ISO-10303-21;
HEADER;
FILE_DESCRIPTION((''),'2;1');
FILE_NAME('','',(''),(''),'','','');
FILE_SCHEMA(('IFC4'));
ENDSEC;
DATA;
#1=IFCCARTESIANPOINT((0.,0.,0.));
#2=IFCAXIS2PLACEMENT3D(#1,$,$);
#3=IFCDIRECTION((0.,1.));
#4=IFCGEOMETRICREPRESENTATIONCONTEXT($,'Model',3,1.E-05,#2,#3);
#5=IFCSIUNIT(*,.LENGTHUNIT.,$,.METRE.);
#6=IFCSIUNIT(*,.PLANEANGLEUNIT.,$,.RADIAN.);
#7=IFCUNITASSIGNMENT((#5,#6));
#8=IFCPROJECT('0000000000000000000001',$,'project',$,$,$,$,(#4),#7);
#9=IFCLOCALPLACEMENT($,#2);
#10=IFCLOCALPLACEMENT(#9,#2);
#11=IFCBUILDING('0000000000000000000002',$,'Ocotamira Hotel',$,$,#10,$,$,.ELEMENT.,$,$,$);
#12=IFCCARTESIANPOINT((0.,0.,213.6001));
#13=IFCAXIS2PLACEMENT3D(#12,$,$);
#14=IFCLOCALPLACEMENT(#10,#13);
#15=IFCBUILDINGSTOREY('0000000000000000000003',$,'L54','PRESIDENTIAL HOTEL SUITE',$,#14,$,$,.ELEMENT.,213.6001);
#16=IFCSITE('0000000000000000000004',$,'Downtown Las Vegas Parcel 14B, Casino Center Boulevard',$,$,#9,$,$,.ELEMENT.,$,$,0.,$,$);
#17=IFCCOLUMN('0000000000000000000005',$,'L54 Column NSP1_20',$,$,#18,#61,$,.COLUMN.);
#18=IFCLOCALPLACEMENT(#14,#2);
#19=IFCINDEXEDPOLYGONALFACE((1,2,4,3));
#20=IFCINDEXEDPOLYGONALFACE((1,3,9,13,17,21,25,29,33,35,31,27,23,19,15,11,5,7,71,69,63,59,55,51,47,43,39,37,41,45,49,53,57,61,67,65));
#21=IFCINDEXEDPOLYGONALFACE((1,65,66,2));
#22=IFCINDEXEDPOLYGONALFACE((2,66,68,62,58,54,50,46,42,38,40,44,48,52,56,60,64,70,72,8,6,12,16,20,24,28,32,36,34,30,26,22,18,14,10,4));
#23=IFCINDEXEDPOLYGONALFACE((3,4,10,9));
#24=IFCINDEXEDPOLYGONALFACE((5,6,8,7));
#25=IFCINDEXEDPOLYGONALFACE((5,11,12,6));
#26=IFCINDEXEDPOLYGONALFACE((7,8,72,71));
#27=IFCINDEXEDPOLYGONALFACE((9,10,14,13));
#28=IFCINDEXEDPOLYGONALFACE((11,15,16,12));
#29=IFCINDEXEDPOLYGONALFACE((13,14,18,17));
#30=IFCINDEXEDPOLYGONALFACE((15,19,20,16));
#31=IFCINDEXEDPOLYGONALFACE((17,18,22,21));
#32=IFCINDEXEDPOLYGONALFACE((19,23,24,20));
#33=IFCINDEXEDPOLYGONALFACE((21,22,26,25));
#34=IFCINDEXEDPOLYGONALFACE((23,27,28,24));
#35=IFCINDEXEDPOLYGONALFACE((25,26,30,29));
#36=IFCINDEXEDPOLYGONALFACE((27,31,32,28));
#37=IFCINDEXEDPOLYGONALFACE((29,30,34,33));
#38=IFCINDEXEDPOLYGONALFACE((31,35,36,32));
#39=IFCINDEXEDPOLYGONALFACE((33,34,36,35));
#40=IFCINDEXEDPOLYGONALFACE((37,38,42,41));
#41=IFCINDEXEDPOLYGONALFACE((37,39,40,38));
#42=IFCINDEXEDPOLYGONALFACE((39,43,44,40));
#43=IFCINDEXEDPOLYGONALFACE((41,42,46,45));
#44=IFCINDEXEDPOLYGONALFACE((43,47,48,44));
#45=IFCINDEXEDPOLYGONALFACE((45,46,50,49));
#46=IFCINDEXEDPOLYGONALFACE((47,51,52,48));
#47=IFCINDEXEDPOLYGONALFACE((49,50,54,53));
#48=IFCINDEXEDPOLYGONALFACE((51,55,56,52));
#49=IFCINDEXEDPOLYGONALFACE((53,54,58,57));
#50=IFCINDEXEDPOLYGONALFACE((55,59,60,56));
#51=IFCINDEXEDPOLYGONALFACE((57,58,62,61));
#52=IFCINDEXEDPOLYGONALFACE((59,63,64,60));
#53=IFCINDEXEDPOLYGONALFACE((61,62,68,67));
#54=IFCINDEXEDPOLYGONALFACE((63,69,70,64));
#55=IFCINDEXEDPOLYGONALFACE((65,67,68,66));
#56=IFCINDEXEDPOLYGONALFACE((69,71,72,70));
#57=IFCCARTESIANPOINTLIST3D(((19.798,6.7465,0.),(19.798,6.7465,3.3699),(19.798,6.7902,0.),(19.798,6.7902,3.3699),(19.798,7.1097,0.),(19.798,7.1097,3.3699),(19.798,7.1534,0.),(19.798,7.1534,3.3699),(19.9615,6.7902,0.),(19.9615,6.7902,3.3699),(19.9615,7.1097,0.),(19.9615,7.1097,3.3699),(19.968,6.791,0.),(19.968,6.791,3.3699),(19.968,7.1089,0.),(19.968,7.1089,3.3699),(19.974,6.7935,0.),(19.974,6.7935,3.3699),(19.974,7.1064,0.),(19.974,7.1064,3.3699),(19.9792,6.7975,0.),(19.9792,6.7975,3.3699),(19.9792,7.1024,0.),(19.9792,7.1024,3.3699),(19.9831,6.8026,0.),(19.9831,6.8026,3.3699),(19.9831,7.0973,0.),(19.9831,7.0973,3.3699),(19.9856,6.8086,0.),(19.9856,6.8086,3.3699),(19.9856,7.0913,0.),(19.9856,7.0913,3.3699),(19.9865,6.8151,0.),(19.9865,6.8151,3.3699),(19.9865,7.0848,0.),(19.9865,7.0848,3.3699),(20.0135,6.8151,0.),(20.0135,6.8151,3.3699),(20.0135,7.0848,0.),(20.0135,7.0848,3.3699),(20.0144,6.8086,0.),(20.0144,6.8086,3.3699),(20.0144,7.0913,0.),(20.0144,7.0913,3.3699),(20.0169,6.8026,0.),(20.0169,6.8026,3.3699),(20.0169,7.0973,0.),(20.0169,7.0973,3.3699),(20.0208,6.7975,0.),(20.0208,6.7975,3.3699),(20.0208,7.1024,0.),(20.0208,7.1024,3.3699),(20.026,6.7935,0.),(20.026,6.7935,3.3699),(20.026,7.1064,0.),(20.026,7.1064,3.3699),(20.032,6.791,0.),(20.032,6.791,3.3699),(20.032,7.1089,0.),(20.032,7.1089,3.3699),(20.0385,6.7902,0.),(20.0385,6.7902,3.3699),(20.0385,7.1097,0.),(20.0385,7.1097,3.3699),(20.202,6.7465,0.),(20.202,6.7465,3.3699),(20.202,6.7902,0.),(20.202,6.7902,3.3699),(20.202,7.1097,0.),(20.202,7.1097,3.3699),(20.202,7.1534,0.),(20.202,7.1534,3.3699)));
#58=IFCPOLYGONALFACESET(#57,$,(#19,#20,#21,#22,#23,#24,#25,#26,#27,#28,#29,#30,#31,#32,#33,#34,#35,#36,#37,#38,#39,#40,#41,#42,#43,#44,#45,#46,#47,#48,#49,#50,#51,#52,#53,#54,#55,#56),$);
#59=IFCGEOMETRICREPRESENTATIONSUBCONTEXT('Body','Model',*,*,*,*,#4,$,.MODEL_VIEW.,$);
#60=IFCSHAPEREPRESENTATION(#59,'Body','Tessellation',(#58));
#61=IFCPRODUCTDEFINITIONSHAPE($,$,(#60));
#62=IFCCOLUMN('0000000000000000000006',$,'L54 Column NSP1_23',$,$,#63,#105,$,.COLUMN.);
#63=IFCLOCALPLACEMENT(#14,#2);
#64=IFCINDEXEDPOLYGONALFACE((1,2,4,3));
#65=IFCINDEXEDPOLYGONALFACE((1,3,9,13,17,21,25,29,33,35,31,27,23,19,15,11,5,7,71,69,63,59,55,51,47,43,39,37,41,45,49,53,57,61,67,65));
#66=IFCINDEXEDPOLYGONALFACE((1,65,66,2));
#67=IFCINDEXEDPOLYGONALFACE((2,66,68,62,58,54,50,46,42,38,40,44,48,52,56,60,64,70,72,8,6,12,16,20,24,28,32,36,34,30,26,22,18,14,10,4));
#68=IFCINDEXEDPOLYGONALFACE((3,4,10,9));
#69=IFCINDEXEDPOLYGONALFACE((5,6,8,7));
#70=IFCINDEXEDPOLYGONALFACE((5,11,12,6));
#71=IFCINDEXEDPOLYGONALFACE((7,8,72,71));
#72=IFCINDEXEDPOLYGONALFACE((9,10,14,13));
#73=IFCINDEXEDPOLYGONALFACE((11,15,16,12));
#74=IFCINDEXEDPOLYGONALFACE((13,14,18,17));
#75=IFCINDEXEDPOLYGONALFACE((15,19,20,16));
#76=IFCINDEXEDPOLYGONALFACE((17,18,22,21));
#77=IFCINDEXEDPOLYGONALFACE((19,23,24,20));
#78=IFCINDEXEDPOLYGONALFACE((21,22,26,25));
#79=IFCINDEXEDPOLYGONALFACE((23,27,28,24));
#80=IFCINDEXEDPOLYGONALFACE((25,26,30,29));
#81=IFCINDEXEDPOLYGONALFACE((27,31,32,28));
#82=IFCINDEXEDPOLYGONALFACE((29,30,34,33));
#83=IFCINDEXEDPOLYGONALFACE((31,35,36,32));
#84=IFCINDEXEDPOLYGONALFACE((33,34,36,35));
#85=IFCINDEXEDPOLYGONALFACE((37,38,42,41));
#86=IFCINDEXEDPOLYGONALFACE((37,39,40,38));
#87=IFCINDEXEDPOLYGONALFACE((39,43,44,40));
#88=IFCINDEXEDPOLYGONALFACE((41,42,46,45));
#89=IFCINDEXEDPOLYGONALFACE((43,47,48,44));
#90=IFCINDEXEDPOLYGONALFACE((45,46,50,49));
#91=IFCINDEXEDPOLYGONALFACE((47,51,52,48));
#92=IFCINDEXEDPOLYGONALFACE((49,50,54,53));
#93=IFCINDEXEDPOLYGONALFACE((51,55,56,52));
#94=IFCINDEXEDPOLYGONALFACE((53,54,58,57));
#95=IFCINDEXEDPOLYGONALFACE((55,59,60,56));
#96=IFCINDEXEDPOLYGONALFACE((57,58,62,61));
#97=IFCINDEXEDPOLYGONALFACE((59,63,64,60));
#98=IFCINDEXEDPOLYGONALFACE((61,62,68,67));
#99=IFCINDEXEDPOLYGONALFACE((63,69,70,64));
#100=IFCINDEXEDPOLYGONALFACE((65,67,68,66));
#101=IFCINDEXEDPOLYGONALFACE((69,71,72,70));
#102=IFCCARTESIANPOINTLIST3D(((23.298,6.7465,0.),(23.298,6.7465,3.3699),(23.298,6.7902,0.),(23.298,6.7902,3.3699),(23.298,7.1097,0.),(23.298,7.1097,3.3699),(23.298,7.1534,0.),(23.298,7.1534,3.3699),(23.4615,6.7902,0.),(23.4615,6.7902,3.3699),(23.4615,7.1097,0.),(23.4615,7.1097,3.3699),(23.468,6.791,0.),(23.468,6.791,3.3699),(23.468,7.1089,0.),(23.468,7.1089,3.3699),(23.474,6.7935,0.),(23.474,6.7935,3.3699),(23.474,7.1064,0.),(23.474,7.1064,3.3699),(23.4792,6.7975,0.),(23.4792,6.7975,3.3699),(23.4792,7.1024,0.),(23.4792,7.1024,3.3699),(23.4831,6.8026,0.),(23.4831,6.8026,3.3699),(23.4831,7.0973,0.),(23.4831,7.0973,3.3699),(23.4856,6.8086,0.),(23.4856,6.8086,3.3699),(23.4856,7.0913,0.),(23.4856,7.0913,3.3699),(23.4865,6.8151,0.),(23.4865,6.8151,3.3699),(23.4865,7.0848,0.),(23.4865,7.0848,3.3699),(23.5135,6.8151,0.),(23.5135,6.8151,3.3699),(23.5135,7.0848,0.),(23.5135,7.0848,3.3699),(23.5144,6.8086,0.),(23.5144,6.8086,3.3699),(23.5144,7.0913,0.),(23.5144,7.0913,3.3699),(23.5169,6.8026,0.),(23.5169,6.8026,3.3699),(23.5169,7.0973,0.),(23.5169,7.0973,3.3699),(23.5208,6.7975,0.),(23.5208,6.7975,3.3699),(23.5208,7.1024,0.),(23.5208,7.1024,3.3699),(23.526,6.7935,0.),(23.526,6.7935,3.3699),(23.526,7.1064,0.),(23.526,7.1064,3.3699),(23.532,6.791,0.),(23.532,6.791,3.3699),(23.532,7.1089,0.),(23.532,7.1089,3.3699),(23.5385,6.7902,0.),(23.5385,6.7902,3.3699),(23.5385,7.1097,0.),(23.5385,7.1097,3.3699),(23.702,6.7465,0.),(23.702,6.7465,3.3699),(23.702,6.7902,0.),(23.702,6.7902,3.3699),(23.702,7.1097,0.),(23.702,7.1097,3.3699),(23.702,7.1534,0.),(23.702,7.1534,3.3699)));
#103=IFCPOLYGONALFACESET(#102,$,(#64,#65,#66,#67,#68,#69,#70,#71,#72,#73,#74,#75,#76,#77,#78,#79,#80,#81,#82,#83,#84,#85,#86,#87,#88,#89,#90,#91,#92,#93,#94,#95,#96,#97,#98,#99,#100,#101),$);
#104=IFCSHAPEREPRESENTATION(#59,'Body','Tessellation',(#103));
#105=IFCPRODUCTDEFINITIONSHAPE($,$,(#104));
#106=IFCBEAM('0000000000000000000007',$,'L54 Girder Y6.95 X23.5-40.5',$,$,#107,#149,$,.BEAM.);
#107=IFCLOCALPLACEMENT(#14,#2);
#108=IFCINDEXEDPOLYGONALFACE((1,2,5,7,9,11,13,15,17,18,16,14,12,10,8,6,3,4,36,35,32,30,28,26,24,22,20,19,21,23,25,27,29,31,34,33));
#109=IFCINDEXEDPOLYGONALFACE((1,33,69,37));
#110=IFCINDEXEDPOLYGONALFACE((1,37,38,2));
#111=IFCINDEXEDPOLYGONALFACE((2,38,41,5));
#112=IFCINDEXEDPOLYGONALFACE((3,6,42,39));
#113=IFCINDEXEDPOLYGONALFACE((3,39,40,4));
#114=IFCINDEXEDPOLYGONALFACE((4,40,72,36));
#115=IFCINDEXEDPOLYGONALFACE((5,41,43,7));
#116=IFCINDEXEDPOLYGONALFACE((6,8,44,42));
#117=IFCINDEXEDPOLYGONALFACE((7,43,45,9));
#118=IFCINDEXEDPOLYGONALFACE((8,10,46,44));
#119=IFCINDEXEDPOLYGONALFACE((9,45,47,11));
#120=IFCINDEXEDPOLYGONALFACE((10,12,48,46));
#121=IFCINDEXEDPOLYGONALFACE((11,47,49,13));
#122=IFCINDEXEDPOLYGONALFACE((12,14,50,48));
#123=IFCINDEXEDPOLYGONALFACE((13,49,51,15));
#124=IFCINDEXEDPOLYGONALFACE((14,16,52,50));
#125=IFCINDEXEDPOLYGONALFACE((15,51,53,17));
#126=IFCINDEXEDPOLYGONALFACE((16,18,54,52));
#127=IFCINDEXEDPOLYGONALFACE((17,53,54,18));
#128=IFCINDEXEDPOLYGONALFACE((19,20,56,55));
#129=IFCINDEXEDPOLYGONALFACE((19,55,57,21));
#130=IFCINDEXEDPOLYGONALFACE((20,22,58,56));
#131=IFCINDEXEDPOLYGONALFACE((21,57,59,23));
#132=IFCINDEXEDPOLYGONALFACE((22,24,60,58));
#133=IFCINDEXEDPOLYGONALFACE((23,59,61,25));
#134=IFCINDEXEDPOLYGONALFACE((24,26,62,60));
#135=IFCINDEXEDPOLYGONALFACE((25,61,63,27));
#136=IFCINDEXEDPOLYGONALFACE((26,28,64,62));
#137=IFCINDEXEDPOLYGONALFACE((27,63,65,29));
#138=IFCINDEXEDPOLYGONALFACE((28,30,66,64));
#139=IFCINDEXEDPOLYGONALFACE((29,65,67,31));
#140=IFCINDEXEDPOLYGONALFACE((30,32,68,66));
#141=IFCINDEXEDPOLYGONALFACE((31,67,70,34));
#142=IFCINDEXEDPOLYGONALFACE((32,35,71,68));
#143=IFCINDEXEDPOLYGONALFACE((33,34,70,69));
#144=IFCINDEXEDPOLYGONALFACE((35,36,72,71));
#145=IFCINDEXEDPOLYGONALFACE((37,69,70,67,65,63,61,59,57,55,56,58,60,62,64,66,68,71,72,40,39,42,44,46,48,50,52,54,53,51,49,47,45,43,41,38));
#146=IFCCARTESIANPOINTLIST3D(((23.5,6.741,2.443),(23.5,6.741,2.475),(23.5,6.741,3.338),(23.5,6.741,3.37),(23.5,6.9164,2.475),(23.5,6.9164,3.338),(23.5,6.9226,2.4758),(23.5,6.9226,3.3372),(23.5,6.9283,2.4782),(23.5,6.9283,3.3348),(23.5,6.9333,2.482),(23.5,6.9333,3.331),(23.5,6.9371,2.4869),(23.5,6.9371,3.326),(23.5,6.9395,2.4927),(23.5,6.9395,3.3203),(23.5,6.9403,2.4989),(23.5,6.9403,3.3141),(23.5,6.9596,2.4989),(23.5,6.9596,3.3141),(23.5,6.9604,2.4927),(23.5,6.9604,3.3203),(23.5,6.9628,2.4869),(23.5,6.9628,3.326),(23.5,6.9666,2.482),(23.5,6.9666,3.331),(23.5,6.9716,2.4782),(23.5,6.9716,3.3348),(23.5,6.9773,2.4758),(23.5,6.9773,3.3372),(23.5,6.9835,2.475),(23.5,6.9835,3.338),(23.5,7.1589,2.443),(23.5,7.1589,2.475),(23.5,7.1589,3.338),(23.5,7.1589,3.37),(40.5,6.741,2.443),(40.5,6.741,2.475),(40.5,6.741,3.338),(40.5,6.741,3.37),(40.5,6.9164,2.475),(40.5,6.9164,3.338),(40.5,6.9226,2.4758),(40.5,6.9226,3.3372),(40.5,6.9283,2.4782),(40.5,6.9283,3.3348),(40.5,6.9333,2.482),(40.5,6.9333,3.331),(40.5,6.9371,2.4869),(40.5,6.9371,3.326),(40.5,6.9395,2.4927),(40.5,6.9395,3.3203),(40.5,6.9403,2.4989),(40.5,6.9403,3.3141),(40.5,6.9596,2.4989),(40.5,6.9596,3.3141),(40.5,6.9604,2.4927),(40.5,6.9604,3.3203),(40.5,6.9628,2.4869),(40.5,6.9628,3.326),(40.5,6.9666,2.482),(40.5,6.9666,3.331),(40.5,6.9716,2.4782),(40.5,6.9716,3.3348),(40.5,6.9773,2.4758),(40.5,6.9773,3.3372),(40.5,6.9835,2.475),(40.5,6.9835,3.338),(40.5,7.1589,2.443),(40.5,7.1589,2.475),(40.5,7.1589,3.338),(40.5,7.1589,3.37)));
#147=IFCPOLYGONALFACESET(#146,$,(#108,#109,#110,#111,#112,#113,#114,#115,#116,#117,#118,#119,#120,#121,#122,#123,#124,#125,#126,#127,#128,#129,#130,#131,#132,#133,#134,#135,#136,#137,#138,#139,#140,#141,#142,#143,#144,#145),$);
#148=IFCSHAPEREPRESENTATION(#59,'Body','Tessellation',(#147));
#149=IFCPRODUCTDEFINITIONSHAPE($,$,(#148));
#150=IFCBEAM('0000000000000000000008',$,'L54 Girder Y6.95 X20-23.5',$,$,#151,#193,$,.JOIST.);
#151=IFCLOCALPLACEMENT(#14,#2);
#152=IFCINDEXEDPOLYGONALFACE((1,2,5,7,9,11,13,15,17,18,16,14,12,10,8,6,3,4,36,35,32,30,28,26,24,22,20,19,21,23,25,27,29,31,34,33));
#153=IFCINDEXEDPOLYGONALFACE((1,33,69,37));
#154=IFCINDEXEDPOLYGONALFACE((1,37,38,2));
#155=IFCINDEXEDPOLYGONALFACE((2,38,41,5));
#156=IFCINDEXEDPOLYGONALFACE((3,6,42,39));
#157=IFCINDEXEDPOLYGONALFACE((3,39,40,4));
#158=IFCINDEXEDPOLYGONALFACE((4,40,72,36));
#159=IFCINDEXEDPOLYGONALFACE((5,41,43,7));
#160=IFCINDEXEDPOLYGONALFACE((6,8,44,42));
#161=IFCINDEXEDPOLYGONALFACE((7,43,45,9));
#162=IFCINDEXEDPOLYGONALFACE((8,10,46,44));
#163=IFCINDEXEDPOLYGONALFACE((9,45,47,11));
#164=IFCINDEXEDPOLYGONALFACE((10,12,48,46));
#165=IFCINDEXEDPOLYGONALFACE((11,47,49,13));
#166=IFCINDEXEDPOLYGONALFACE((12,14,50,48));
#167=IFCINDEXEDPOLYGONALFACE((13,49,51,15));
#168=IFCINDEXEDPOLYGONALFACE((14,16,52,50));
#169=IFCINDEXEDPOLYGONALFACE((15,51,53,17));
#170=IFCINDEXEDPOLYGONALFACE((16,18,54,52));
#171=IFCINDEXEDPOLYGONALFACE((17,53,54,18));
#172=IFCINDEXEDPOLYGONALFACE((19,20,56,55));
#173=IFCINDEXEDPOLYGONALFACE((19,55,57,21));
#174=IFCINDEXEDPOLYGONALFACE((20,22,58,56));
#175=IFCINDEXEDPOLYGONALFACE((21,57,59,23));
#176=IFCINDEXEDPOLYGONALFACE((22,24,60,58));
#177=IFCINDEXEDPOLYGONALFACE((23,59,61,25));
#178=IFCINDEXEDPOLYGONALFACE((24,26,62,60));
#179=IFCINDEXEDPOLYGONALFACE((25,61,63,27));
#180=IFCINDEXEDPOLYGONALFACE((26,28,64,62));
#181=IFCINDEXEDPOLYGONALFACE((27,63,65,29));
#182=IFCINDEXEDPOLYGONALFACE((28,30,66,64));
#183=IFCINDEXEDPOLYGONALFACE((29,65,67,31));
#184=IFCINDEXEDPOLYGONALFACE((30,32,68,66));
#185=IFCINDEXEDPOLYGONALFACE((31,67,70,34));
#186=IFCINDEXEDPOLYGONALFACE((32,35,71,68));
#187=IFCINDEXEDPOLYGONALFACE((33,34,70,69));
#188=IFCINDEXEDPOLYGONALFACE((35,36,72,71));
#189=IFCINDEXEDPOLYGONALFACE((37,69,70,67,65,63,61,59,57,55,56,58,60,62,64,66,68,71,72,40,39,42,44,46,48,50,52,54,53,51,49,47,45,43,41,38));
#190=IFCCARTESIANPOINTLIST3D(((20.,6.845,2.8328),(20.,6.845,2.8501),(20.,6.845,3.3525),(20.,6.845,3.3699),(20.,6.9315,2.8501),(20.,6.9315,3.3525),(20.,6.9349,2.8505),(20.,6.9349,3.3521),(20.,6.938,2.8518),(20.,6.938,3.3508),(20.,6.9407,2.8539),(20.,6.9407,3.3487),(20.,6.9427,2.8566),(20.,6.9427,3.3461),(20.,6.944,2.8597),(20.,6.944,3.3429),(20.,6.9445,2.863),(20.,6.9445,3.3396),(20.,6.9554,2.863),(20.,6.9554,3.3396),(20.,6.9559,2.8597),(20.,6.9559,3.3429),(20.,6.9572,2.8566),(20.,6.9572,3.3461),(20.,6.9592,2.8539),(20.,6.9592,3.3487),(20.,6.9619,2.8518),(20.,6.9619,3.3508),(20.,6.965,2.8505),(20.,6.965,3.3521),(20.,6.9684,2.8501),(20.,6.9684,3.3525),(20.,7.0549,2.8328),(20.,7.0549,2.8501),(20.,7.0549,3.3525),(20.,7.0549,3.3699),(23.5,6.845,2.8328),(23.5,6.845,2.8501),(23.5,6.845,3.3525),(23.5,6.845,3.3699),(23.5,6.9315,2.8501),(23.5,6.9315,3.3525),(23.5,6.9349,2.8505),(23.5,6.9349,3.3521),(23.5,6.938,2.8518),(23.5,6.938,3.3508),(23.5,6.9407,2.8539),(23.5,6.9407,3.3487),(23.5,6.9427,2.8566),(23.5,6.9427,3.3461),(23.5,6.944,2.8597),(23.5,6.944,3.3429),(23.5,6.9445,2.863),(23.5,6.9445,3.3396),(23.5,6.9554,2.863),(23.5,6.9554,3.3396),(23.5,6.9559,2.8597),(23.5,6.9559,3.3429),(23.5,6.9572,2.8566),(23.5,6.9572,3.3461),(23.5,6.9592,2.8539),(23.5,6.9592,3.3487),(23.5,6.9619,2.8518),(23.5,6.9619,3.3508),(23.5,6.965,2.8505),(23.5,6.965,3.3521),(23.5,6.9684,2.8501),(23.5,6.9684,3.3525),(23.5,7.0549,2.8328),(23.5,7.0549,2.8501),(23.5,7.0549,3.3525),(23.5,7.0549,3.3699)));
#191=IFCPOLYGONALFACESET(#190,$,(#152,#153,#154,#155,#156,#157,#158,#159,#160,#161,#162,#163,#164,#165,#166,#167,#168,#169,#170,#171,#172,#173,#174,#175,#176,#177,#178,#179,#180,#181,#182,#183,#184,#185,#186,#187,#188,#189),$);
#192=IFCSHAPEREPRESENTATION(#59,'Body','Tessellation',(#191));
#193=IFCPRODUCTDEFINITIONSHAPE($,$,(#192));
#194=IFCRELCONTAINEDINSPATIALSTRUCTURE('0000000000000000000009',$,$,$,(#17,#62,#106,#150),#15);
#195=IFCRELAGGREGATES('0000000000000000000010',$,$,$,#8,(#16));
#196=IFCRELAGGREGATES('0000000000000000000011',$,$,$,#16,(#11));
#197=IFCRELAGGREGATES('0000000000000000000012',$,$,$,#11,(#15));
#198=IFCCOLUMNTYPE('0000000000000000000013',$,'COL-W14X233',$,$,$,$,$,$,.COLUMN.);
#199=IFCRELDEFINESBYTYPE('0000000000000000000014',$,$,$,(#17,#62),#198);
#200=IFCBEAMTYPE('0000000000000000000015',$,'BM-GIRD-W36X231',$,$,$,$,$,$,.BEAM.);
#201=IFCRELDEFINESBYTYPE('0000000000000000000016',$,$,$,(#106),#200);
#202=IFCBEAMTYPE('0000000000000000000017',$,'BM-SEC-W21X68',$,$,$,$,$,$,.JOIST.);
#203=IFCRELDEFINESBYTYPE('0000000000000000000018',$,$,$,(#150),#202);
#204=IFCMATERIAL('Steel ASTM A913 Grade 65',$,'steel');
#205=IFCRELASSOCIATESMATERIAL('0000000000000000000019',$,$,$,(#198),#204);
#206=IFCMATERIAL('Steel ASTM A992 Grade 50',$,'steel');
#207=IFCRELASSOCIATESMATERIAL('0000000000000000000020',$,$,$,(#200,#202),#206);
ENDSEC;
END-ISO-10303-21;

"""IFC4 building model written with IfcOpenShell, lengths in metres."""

from ifc_helpers import new_model, si_unit, direction, frame, origin, origin_2d, place, context, subcontext, project, spatial, i_section, extrude, source, transform, mapped, material, material_profile, profile_set, type_object, element, save


model = new_model("IFC4")

# Units and contexts
model_context = context("Model", 3, precision=1e-05, world=origin(), true_north=direction((0.0, 1.0)))
body_context = subcontext(model_context, "Body", "Model", "MODEL_VIEW")
ifc_project = project(units=[si_unit("LENGTHUNIT", "METRE"), si_unit("PLANEANGLEUNIT", "RADIAN")], contexts=[model_context])

# Site, building, storey
site_placement = place(None, origin())
site = spatial("IfcSite", under=ifc_project, at=site_placement, Name="Downtown Las Vegas Parcel 14B, Casino Center Boulevard", CompositionType="ELEMENT", RefElevation=0.0)
building_placement = place(site_placement, origin())
building = spatial("IfcBuilding", under=site, at=building_placement, Name="Ocotamira Hotel", CompositionType="ELEMENT")
storey_placement = place(building_placement, frame((0.0, 0.0, 213.6001)))
storey = spatial("IfcBuildingStorey", under=building, at=storey_placement, Name="L54", Description="PRESIDENTIAL HOTEL SUITE", CompositionType="ELEMENT", Elevation=213.6001)

# Columns
ifc_material_1 = material(Name="Steel ASTM A913 Grade 65", Category="steel")
ifc_material_profile_1 = material_profile(ifc_material_1, i_section(OverallWidth=0.4041, OverallDepth=0.407, WebThickness=0.0271, FlangeThickness=0.0437, FilletRadius=0.0249, at=origin_2d()), Name="W14X233")
ifc_profile_set_1 = profile_set([ifc_material_profile_1], Name="Steel ASTM A913 Grade 65")
column_type = type_object("IfcColumnType", Name="COL-W14X233", PredefinedType="COLUMN", material=ifc_profile_set_1)
shared_shape_1 = source(origin(), body_context, "Body", "SweptSolid", [
    extrude(i_section(OverallWidth=0.4041, OverallDepth=0.407, WebThickness=0.0271, FlangeThickness=0.0437, FilletRadius=0.0249, at=origin_2d()), origin(), (0.0, 0.0, 1.0), 3.3699),
])
for number, where, z_axis, x_axis, name in (
    (1, (20.0, 6.95, 0.0), (0.0, 0.0, 1.0), (1.0, 0.0, 0.0), "L54 Column NSP1_20"),
    (2, (23.5, 6.95, 0.0), (0.0, 0.0, 1.0), (1.0, 0.0, 0.0), "L54 Column NSP1_23"),
):
    element("IfcColumn", number, at=place(storey_placement, frame(where, z_axis=z_axis, x_axis=x_axis)), inside=storey, type_object=column_type, Name=name, PredefinedType="COLUMN", context=body_context, shape_type="MappedRepresentation", body=[
        mapped(shared_shape_1, transform((0.0, 0.0, 0.0), scale=1.0)),
    ])

# Beams
ifc_material_2 = material(Name="Steel ASTM A992 Grade 50", Category="steel")
ifc_material_profile_2 = material_profile(ifc_material_2, i_section(OverallWidth=0.418, OverallDepth=0.927, WebThickness=0.0193, FlangeThickness=0.032, FilletRadius=0.0239, at=origin_2d()), Name="W36X231")
ifc_profile_set_2 = profile_set([ifc_material_profile_2], Name="Steel ASTM A992 Grade 50")
beam_type_1 = type_object("IfcBeamType", Name="BM-GIRD-W36X231", PredefinedType="BEAM", material=ifc_profile_set_2)
shared_shape_2 = source(origin(), body_context, "Body", "SweptSolid", [
    extrude(i_section(OverallWidth=0.418, OverallDepth=0.927, WebThickness=0.0193, FlangeThickness=0.032, FilletRadius=0.0239, at=origin_2d()), origin(), (0.0, 0.0, 1.0), 17.0),
])
beam_1_placement = place(storey_placement, frame((23.5, 6.95, 2.9065), z_axis=(1.0, 0.0, 0.0), x_axis=(0.0, 1.0, 0.0)))
element("IfcBeam", 3, at=beam_1_placement, inside=storey, type_object=beam_type_1, Name="L54 Girder Y6.95 X23.5-40.5", PredefinedType="BEAM", context=body_context, shape_type="MappedRepresentation", body=[
    mapped(shared_shape_2, transform((0.0, 0.0, 0.0), scale=1.0)),
])
ifc_material_profile_3 = material_profile(ifc_material_2, i_section(OverallWidth=0.21, OverallDepth=0.5371, WebThickness=0.011, FlangeThickness=0.0173, FilletRadius=0.0129, at=origin_2d()), Name="W21X68")
ifc_profile_set_3 = profile_set([ifc_material_profile_3], Name="Steel ASTM A992 Grade 50")
beam_type_2 = type_object("IfcBeamType", Name="BM-SEC-W21X68", PredefinedType="JOIST", material=ifc_profile_set_3)
shared_shape_3 = source(origin(), body_context, "Body", "SweptSolid", [
    extrude(i_section(OverallWidth=0.21, OverallDepth=0.5371, WebThickness=0.011, FlangeThickness=0.0173, FilletRadius=0.0129, at=origin_2d()), origin(), (0.0, 0.0, 1.0), 3.5),
])
beam_2_placement = place(storey_placement, frame((20.0, 6.95, 3.1013), z_axis=(1.0, 0.0, 0.0), x_axis=(0.0, 1.0, 0.0)))
element("IfcBeam", 4, at=beam_2_placement, inside=storey, type_object=beam_type_2, Name="L54 Girder Y6.95 X20-23.5", PredefinedType="JOIST", context=body_context, shape_type="MappedRepresentation", body=[
    mapped(shared_shape_3, transform((0.0, 0.0, 0.0), scale=1.0)),
])

save(model, "model.ifc")
